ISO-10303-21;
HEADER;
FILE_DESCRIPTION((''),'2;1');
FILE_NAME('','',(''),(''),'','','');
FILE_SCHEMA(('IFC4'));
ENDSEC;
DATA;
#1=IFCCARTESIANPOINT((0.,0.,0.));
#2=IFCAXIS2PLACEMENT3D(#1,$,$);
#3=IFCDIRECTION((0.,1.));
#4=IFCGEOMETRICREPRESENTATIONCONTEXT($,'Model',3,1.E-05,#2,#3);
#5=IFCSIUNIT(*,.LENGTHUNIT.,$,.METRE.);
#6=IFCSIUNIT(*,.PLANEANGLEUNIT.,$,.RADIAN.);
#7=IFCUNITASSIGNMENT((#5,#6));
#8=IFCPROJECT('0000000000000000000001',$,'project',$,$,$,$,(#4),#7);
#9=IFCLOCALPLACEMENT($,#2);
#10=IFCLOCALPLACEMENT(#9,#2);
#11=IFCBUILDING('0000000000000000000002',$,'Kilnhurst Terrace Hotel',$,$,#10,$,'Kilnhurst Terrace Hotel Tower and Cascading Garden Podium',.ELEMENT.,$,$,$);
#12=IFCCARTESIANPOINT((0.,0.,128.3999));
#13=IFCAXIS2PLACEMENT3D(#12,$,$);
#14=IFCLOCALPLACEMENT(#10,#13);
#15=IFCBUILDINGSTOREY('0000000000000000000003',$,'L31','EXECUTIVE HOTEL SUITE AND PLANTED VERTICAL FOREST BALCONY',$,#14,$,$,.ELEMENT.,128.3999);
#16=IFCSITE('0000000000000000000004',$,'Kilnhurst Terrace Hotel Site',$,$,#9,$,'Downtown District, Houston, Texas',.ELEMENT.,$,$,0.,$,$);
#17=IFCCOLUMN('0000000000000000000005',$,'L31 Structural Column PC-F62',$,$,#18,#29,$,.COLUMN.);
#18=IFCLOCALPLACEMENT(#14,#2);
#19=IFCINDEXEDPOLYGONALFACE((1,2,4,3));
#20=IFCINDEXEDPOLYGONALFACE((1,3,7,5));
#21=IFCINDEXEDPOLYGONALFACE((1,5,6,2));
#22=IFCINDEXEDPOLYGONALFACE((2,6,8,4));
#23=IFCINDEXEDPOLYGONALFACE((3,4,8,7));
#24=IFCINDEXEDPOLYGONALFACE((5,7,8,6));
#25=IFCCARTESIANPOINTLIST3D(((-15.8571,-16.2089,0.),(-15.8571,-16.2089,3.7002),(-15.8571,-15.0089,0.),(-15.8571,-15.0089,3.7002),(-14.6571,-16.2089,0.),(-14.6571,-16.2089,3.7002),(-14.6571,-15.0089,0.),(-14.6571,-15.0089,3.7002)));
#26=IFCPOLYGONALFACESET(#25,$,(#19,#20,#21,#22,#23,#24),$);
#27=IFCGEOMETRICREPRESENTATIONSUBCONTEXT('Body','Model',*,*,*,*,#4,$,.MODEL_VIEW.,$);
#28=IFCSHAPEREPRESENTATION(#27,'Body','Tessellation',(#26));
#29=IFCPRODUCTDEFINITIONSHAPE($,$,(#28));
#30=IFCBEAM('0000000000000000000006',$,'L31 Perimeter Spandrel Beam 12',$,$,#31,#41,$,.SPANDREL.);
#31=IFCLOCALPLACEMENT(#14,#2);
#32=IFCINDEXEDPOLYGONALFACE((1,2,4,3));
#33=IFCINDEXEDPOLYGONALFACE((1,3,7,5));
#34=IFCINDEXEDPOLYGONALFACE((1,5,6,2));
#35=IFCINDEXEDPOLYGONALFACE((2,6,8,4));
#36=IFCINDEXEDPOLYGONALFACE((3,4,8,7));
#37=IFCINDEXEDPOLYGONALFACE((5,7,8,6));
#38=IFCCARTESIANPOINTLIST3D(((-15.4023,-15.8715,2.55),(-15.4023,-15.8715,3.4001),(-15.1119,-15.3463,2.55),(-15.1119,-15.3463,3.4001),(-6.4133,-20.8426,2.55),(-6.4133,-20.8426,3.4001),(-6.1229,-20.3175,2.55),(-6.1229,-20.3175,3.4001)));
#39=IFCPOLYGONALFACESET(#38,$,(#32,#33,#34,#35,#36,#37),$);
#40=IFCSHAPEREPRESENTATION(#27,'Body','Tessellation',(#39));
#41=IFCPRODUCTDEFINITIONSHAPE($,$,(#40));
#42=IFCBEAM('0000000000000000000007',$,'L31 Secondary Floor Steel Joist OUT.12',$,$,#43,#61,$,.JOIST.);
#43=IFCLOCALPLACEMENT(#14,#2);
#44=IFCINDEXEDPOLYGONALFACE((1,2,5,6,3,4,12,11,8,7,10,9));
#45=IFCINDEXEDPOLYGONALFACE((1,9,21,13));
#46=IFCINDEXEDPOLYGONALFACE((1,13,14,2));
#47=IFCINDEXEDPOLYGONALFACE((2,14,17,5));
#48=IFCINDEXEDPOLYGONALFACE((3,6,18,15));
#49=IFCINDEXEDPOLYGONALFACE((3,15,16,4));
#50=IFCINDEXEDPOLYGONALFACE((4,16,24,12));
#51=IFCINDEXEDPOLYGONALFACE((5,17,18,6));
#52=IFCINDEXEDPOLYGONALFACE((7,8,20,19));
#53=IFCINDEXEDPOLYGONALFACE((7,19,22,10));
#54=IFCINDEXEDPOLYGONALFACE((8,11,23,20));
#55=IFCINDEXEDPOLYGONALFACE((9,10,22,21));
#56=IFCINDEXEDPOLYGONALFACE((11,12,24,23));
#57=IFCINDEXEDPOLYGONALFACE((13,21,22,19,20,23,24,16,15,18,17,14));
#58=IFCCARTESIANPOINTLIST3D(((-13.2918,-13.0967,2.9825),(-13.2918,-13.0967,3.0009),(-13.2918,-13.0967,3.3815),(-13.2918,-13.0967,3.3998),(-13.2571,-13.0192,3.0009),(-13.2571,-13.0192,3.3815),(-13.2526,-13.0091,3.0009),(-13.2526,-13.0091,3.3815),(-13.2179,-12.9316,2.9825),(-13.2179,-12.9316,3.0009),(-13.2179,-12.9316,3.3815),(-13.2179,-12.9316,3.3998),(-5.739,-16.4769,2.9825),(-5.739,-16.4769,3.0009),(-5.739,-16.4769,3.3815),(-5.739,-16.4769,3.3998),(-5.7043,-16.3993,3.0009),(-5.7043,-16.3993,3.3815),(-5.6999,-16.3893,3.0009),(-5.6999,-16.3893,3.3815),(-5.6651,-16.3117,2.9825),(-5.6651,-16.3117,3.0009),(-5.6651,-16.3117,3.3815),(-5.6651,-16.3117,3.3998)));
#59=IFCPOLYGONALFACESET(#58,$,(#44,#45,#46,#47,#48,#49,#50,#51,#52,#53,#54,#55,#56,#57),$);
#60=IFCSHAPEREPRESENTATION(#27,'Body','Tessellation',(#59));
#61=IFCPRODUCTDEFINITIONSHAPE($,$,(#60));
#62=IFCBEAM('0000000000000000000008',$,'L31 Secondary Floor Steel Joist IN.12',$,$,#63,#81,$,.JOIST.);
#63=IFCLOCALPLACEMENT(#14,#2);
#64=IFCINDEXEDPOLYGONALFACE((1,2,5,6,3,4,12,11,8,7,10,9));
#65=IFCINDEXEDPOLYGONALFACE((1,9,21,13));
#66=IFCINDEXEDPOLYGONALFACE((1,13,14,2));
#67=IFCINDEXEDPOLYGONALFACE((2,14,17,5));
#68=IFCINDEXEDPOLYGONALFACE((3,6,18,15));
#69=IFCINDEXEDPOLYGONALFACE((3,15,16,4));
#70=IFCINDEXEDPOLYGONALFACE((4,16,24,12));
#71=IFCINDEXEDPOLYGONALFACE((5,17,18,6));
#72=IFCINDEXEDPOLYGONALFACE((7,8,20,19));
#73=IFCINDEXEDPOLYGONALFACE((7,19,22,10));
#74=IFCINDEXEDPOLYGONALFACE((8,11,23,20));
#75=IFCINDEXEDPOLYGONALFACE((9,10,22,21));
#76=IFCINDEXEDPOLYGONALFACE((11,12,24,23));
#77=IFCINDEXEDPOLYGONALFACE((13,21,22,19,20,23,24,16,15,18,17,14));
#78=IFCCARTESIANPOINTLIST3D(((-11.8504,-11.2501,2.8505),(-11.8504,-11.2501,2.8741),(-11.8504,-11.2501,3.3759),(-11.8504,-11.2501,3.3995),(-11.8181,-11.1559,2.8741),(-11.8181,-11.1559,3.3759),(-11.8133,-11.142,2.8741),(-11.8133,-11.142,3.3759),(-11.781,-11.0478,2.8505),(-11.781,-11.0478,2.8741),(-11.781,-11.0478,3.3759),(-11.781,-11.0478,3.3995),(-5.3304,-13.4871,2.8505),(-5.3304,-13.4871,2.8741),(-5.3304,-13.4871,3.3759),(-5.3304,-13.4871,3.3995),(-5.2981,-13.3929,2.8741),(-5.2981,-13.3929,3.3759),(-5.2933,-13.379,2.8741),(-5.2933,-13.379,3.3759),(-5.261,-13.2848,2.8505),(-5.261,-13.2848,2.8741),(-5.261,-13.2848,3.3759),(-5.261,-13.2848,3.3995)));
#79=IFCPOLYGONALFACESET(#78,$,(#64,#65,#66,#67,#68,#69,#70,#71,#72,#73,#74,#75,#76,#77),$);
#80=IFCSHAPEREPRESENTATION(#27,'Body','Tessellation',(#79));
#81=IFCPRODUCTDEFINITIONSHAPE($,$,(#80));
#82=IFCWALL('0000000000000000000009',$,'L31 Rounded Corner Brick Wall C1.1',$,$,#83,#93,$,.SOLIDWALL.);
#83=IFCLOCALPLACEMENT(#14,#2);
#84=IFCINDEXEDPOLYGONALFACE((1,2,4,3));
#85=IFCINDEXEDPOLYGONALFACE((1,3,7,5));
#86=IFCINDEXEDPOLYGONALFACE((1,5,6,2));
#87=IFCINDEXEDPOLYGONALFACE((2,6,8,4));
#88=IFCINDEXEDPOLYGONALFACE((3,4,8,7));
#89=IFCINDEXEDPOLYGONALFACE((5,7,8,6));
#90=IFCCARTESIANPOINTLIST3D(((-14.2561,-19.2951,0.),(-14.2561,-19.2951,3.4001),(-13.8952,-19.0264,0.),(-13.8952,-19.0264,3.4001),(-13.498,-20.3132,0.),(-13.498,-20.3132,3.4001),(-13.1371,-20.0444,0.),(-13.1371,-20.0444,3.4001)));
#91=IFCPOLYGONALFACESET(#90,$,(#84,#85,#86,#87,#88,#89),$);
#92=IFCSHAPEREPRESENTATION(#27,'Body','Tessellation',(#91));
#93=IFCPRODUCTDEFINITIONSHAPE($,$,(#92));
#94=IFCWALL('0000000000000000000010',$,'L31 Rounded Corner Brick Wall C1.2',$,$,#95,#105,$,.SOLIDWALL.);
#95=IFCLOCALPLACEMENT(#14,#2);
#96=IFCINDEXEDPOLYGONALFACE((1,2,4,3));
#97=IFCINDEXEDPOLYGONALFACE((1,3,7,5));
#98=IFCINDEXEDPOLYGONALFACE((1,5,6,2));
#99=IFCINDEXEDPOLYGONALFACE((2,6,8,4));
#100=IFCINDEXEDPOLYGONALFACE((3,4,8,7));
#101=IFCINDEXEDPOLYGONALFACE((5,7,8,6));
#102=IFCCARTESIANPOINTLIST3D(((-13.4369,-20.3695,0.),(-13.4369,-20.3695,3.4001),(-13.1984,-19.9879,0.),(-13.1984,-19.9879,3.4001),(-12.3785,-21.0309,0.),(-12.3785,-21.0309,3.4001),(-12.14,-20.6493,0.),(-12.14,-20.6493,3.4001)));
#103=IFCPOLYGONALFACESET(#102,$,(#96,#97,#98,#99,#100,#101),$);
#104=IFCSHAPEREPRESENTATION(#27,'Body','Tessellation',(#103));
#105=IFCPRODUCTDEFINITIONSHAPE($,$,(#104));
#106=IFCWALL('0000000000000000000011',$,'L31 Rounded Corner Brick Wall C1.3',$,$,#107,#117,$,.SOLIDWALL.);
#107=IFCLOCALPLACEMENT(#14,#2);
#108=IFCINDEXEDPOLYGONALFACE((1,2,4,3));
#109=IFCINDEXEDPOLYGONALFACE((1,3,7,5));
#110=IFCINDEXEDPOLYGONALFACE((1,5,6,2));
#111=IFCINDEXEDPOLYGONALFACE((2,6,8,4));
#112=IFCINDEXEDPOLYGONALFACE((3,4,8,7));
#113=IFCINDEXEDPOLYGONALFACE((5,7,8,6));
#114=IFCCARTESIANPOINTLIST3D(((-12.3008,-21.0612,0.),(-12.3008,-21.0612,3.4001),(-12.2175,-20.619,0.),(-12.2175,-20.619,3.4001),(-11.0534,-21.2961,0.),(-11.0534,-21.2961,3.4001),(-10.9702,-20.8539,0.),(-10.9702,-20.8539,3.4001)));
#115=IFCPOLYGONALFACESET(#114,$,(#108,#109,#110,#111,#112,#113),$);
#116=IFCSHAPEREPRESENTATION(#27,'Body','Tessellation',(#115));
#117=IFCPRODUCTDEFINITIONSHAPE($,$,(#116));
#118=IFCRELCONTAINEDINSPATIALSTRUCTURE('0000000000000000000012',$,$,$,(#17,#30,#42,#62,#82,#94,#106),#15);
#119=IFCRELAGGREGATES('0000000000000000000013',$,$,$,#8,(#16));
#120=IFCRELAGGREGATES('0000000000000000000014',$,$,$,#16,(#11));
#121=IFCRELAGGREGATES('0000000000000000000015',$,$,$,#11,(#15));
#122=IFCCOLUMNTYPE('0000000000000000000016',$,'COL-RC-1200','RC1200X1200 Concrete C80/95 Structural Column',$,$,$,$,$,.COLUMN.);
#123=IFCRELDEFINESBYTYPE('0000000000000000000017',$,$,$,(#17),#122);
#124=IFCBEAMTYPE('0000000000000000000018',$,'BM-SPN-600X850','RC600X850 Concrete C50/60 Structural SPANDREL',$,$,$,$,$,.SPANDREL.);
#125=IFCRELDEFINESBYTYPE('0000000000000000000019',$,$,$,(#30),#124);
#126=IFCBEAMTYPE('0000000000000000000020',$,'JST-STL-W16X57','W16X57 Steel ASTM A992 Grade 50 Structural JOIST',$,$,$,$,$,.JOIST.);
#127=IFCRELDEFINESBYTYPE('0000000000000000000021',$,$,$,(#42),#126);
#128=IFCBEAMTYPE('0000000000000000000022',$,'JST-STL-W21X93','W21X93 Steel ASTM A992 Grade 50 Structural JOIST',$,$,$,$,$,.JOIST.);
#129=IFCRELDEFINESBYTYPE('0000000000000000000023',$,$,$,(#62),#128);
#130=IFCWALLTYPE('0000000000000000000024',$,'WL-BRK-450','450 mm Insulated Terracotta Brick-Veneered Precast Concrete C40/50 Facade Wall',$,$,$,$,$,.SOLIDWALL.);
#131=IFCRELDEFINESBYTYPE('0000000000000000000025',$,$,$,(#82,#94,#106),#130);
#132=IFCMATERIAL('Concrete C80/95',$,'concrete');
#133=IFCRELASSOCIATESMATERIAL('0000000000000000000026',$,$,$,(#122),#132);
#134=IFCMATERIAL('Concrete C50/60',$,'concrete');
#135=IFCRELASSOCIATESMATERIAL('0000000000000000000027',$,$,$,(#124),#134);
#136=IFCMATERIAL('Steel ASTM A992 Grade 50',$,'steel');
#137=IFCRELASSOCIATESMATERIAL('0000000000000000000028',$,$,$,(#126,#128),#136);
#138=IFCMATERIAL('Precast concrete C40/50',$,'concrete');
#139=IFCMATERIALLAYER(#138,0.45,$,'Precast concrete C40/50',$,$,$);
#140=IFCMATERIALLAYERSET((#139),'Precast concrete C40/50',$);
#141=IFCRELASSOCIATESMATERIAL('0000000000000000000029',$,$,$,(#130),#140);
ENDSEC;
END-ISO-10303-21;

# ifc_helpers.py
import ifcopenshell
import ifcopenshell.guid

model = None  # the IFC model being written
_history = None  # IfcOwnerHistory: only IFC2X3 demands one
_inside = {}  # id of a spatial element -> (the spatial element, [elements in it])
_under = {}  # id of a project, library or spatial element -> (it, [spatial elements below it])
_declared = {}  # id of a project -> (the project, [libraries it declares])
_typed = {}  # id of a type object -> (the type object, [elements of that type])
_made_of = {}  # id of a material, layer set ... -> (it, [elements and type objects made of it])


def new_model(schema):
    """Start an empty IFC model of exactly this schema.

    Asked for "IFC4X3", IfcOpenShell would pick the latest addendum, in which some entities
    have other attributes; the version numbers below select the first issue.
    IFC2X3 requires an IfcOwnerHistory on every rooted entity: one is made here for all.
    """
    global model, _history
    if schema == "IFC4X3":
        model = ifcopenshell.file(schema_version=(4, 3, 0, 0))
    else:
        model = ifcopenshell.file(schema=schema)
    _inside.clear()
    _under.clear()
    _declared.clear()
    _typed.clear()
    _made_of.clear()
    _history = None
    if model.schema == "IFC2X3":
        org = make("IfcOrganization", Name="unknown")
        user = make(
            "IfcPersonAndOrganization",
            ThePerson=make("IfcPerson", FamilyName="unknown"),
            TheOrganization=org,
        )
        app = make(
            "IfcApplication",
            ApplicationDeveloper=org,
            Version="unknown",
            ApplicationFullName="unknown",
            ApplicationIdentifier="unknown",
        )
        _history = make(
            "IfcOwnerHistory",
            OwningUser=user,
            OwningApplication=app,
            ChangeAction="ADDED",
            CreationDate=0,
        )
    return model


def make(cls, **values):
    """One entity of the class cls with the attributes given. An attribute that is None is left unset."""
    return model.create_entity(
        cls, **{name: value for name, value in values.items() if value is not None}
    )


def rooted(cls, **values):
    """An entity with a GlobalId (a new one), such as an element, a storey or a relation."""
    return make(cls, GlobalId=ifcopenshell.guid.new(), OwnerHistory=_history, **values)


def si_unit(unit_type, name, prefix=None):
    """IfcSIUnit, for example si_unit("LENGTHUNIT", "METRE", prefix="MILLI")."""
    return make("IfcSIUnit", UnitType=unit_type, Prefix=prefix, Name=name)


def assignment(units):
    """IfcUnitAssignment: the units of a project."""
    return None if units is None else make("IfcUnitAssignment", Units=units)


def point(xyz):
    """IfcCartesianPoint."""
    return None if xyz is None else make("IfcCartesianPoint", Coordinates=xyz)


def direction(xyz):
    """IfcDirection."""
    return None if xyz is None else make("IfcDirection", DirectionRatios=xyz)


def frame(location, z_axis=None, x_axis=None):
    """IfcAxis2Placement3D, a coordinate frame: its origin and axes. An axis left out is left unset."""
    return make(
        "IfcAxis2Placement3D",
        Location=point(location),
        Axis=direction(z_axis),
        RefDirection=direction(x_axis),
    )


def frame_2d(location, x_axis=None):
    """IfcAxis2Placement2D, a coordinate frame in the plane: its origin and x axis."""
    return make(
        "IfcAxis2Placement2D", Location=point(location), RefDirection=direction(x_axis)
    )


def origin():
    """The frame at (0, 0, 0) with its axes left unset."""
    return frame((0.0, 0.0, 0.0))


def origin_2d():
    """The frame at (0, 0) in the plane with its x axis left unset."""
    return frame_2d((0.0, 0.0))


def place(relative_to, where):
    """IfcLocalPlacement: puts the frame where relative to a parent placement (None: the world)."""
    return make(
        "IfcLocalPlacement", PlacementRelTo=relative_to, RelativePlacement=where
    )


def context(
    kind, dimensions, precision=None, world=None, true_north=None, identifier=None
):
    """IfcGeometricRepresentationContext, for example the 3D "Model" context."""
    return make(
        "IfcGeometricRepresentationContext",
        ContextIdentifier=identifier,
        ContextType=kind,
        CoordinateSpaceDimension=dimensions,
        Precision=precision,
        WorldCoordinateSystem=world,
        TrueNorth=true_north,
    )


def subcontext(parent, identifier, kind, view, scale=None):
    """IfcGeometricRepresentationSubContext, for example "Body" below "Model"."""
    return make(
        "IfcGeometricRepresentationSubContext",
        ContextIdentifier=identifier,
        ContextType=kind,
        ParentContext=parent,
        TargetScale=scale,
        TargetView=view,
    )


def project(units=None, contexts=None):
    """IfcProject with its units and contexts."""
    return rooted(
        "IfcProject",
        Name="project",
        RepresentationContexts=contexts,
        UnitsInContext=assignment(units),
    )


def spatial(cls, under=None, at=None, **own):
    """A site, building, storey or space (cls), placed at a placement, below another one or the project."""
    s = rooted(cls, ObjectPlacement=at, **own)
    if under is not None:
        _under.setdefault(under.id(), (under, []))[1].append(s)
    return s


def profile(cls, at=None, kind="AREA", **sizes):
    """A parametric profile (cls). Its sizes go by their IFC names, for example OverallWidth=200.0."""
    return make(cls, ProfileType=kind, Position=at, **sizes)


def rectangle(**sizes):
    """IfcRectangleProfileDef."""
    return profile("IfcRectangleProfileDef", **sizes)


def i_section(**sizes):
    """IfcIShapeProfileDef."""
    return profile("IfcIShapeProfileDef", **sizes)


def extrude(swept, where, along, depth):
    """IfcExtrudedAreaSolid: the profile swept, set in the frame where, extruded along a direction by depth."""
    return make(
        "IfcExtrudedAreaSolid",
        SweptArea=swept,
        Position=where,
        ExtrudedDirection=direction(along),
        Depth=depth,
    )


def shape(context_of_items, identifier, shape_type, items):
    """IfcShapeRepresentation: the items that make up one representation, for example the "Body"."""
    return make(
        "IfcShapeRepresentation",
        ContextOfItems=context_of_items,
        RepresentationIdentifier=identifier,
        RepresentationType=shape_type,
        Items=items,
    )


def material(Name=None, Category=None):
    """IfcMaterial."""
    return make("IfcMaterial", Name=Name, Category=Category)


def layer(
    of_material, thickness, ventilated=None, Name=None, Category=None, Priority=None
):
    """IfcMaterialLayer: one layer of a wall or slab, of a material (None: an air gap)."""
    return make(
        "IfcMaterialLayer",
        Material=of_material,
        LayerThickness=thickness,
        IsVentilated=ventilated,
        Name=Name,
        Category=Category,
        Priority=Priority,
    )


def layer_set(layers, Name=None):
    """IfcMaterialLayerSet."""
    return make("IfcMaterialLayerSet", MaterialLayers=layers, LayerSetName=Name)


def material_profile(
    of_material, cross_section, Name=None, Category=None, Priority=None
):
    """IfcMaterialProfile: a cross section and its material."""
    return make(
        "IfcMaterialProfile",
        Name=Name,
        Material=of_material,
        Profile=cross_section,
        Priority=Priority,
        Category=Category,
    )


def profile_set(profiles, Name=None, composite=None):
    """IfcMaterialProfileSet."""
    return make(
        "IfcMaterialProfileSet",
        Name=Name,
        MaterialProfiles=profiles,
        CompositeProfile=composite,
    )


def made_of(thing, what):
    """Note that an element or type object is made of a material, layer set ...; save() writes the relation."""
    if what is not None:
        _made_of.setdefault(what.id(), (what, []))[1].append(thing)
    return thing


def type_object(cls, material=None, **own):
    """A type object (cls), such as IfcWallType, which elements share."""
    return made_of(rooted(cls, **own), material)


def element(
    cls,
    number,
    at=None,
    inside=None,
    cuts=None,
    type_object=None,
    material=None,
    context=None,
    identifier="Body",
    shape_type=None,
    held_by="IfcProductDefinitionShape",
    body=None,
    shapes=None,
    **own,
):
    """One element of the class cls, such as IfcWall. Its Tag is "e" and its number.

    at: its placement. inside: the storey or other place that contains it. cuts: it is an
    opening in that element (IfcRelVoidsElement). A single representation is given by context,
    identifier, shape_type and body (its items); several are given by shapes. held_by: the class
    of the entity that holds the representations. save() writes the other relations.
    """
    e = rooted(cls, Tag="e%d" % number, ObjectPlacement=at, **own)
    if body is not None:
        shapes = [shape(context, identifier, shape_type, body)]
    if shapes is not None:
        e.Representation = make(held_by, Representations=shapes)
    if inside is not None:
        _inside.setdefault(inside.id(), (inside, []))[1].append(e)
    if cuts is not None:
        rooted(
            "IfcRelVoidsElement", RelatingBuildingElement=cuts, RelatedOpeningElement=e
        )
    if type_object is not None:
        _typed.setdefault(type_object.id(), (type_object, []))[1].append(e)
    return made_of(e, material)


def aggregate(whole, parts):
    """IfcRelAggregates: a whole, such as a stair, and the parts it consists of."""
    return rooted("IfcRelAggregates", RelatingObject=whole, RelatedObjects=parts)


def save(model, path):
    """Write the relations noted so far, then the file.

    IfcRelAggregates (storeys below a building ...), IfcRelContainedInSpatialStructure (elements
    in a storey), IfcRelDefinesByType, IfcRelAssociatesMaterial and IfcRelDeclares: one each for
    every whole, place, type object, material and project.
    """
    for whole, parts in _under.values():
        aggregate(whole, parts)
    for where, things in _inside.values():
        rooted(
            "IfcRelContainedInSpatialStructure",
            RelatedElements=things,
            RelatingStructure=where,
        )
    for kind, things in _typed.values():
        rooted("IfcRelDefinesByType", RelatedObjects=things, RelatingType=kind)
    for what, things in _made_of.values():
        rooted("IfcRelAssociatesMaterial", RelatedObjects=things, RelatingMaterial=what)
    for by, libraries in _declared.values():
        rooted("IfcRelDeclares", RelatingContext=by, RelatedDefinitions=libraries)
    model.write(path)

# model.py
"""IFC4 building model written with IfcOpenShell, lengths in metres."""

from ifc_helpers import new_model, si_unit, direction, frame, frame_2d, origin, origin_2d, place, context, subcontext, project, spatial, rectangle, i_section, extrude, material, layer, layer_set, material_profile, profile_set, type_object, element, save


model = new_model("IFC4")

# Units and contexts
model_context = context("Model", 3, precision=1e-05, world=origin(), true_north=direction((0.0, 1.0)))
body_context = subcontext(model_context, "Body", "Model", "MODEL_VIEW")
ifc_project = project(units=[si_unit("LENGTHUNIT", "METRE"), si_unit("PLANEANGLEUNIT", "RADIAN")], contexts=[model_context])

# Site, building, storey
site_placement = place(None, origin())
site = spatial("IfcSite", under=ifc_project, at=site_placement, Name="Kilnhurst Terrace Hotel Site", LongName="Downtown District, Houston, Texas", CompositionType="ELEMENT", RefElevation=0.0)
building_placement = place(site_placement, origin())
building = spatial("IfcBuilding", under=site, at=building_placement, Name="Kilnhurst Terrace Hotel", LongName="Kilnhurst Terrace Hotel Tower and Cascading Garden Podium", CompositionType="ELEMENT")
storey_placement = place(building_placement, frame((0.0, 0.0, 128.3999)))
storey = spatial("IfcBuildingStorey", under=building, at=storey_placement, Name="L31", Description="EXECUTIVE HOTEL SUITE AND PLANTED VERTICAL FOREST BALCONY", CompositionType="ELEMENT", Elevation=128.3999)

# Column
ifc_material_1 = material(Name="Concrete C80/95", Category="concrete")
ifc_material_profile_1 = material_profile(ifc_material_1, rectangle(XDim=1.2, YDim=1.2, at=origin_2d()), Name="RC1200X1200")
ifc_profile_set_1 = profile_set([ifc_material_profile_1], Name="Concrete C80/95")
column_type = type_object("IfcColumnType", Name="COL-RC-1200", Description="RC1200X1200 Concrete C80/95 Structural Column", PredefinedType="COLUMN", material=ifc_profile_set_1)
column_placement = place(storey_placement, frame((-15.2571, -15.6089, 0.0), z_axis=(0.0, 0.0, 1.0), x_axis=(1.0, 0.0, 0.0)))
element("IfcColumn", 1, at=column_placement, inside=storey, type_object=column_type, Name="L31 Structural Column PC-F62", PredefinedType="COLUMN", context=body_context, shape_type="SweptSolid", body=[
    extrude(rectangle(XDim=1.2, YDim=1.2, at=origin_2d()), origin(), (0.0, 0.0, 1.0), 3.7002),
])

# Beams
ifc_material_2 = material(Name="Concrete C50/60", Category="concrete")
ifc_material_profile_2 = material_profile(ifc_material_2, rectangle(XDim=0.6001, YDim=0.8501, at=origin_2d()), Name="RC600X850")
ifc_profile_set_2 = profile_set([ifc_material_profile_2], Name="Concrete C50/60")
beam_type_1 = type_object("IfcBeamType", Name="BM-SPN-600X850", Description="RC600X850 Concrete C50/60 Structural SPANDREL", PredefinedType="SPANDREL", material=ifc_profile_set_2)
beam_1_placement = place(storey_placement, frame((-15.2571, -15.6089, 2.9751), z_axis=(0.875094, -0.483953, 0.0), x_axis=(0.483953, 0.875094, 0.0)))
element("IfcBeam", 2, at=beam_1_placement, inside=storey, type_object=beam_type_1, Name="L31 Perimeter Spandrel Beam 12", PredefinedType="SPANDREL", context=body_context, shape_type="SweptSolid", body=[
    extrude(rectangle(XDim=0.6001, YDim=0.8501, at=origin_2d()), origin(), (0.0, 0.0, 1.0), 10.272),
])
ifc_material_3 = material(Name="Steel ASTM A992 Grade 50", Category="steel")
ifc_material_profile_3 = material_profile(ifc_material_3, i_section(OverallWidth=0.1809, OverallDepth=0.4172, WebThickness=0.011, FlangeThickness=0.0183, at=origin_2d()), Name="W16X57")
ifc_profile_set_3 = profile_set([ifc_material_profile_3], Name="Steel ASTM A992 Grade 50")
beam_type_2 = type_object("IfcBeamType", Name="JST-STL-W16X57", Description="W16X57 Steel ASTM A992 Grade 50 Structural JOIST", PredefinedType="JOIST", material=ifc_profile_set_3)
beam_2_placement = place(storey_placement, frame((-13.2549, -13.0142, 3.1912), z_axis=(0.912761, -0.408494, 0.0), x_axis=(0.408494, 0.912761, 0.0)))
element("IfcBeam", 3, at=beam_2_placement, inside=storey, type_object=beam_type_2, Name="L31 Secondary Floor Steel Joist OUT.12", PredefinedType="JOIST", context=body_context, shape_type="SweptSolid", body=[
    extrude(i_section(OverallWidth=0.1809, OverallDepth=0.4172, WebThickness=0.011, FlangeThickness=0.0183, at=origin_2d()), origin(), (0.0, 0.0, 1.0), 8.2747),
])
ifc_material_profile_4 = material_profile(ifc_material_3, i_section(OverallWidth=0.2139, OverallDepth=0.5491, WebThickness=0.0146, FlangeThickness=0.0237, at=origin_2d()), Name="W21X93")
ifc_profile_set_4 = profile_set([ifc_material_profile_4], Name="Steel ASTM A992 Grade 50")
beam_type_3 = type_object("IfcBeamType", Name="JST-STL-W21X93", Description="W21X93 Steel ASTM A992 Grade 50 Structural JOIST", PredefinedType="JOIST", material=ifc_profile_set_4)
beam_3_placement = place(storey_placement, frame((-11.8157, -11.1489, 3.125), z_axis=(0.945874, -0.324535, 0.0), x_axis=(0.324535, 0.945874, 0.0)))
element("IfcBeam", 4, at=beam_3_placement, inside=storey, type_object=beam_type_3, Name="L31 Secondary Floor Steel Joist IN.12", PredefinedType="JOIST", context=body_context, shape_type="SweptSolid", body=[
    extrude(i_section(OverallWidth=0.2139, OverallDepth=0.5491, WebThickness=0.0146, FlangeThickness=0.0237, at=origin_2d()), origin(), (0.0, 0.0, 1.0), 6.8931),
])

# Walls
ifc_material_4 = material(Name="Precast concrete C40/50", Category="concrete")
ifc_layer_1 = layer(ifc_material_4, 0.45, Name="Precast concrete C40/50")
ifc_layer_set_1 = layer_set([ifc_layer_1], Name="Precast concrete C40/50")
wall_type_1 = type_object("IfcWallType", Name="WL-BRK-450", Description="450 mm Insulated Terracotta Brick-Veneered Precast Concrete C40/50 Facade Wall", PredefinedType="SOLIDWALL", material=ifc_layer_set_1)
wall_1_placement = place(storey_placement, frame((-14.0757, -19.1606, 0.0), z_axis=(0.0, 0.0, 1.0), x_axis=(0.597227, -0.802073, 0.0)))
element("IfcWall", 5, at=wall_1_placement, inside=storey, type_object=wall_type_1, Name="L31 Rounded Corner Brick Wall C1.1", PredefinedType="SOLIDWALL", context=body_context, shape_type="SweptSolid", body=[
    extrude(rectangle(XDim=1.2693, YDim=0.45, at=frame_2d((0.6348, 0.0))), origin(), (0.0, 0.0, 1.0), 3.4001),
])
wall_2_placement = place(storey_placement, frame((-13.3176, -20.1787, 0.0), z_axis=(0.0, 0.0, 1.0), x_axis=(0.848031, -0.529946, 0.0)))
element("IfcWall", 6, at=wall_2_placement, inside=storey, type_object=wall_type_1, Name="L31 Rounded Corner Brick Wall C1.2", PredefinedType="SOLIDWALL", context=body_context, shape_type="SweptSolid", body=[
    extrude(rectangle(XDim=1.248, YDim=0.45, at=frame_2d((0.624, 0.0))), origin(), (0.0, 0.0, 1.0), 3.4001),
])
wall_3_placement = place(storey_placement, frame((-12.2593, -20.8401, 0.0), z_axis=(0.0, 0.0, 1.0), x_axis=(0.98273, -0.185043, 0.0)))
element("IfcWall", 7, at=wall_3_placement, inside=storey, type_object=wall_type_1, Name="L31 Rounded Corner Brick Wall C1.3", PredefinedType="SOLIDWALL", context=body_context, shape_type="SweptSolid", body=[
    extrude(rectangle(XDim=1.2693, YDim=0.45, at=frame_2d((0.6348, 0.0))), origin(), (0.0, 0.0, 1.0), 3.4001),
])

save(model, "model.ifc")
